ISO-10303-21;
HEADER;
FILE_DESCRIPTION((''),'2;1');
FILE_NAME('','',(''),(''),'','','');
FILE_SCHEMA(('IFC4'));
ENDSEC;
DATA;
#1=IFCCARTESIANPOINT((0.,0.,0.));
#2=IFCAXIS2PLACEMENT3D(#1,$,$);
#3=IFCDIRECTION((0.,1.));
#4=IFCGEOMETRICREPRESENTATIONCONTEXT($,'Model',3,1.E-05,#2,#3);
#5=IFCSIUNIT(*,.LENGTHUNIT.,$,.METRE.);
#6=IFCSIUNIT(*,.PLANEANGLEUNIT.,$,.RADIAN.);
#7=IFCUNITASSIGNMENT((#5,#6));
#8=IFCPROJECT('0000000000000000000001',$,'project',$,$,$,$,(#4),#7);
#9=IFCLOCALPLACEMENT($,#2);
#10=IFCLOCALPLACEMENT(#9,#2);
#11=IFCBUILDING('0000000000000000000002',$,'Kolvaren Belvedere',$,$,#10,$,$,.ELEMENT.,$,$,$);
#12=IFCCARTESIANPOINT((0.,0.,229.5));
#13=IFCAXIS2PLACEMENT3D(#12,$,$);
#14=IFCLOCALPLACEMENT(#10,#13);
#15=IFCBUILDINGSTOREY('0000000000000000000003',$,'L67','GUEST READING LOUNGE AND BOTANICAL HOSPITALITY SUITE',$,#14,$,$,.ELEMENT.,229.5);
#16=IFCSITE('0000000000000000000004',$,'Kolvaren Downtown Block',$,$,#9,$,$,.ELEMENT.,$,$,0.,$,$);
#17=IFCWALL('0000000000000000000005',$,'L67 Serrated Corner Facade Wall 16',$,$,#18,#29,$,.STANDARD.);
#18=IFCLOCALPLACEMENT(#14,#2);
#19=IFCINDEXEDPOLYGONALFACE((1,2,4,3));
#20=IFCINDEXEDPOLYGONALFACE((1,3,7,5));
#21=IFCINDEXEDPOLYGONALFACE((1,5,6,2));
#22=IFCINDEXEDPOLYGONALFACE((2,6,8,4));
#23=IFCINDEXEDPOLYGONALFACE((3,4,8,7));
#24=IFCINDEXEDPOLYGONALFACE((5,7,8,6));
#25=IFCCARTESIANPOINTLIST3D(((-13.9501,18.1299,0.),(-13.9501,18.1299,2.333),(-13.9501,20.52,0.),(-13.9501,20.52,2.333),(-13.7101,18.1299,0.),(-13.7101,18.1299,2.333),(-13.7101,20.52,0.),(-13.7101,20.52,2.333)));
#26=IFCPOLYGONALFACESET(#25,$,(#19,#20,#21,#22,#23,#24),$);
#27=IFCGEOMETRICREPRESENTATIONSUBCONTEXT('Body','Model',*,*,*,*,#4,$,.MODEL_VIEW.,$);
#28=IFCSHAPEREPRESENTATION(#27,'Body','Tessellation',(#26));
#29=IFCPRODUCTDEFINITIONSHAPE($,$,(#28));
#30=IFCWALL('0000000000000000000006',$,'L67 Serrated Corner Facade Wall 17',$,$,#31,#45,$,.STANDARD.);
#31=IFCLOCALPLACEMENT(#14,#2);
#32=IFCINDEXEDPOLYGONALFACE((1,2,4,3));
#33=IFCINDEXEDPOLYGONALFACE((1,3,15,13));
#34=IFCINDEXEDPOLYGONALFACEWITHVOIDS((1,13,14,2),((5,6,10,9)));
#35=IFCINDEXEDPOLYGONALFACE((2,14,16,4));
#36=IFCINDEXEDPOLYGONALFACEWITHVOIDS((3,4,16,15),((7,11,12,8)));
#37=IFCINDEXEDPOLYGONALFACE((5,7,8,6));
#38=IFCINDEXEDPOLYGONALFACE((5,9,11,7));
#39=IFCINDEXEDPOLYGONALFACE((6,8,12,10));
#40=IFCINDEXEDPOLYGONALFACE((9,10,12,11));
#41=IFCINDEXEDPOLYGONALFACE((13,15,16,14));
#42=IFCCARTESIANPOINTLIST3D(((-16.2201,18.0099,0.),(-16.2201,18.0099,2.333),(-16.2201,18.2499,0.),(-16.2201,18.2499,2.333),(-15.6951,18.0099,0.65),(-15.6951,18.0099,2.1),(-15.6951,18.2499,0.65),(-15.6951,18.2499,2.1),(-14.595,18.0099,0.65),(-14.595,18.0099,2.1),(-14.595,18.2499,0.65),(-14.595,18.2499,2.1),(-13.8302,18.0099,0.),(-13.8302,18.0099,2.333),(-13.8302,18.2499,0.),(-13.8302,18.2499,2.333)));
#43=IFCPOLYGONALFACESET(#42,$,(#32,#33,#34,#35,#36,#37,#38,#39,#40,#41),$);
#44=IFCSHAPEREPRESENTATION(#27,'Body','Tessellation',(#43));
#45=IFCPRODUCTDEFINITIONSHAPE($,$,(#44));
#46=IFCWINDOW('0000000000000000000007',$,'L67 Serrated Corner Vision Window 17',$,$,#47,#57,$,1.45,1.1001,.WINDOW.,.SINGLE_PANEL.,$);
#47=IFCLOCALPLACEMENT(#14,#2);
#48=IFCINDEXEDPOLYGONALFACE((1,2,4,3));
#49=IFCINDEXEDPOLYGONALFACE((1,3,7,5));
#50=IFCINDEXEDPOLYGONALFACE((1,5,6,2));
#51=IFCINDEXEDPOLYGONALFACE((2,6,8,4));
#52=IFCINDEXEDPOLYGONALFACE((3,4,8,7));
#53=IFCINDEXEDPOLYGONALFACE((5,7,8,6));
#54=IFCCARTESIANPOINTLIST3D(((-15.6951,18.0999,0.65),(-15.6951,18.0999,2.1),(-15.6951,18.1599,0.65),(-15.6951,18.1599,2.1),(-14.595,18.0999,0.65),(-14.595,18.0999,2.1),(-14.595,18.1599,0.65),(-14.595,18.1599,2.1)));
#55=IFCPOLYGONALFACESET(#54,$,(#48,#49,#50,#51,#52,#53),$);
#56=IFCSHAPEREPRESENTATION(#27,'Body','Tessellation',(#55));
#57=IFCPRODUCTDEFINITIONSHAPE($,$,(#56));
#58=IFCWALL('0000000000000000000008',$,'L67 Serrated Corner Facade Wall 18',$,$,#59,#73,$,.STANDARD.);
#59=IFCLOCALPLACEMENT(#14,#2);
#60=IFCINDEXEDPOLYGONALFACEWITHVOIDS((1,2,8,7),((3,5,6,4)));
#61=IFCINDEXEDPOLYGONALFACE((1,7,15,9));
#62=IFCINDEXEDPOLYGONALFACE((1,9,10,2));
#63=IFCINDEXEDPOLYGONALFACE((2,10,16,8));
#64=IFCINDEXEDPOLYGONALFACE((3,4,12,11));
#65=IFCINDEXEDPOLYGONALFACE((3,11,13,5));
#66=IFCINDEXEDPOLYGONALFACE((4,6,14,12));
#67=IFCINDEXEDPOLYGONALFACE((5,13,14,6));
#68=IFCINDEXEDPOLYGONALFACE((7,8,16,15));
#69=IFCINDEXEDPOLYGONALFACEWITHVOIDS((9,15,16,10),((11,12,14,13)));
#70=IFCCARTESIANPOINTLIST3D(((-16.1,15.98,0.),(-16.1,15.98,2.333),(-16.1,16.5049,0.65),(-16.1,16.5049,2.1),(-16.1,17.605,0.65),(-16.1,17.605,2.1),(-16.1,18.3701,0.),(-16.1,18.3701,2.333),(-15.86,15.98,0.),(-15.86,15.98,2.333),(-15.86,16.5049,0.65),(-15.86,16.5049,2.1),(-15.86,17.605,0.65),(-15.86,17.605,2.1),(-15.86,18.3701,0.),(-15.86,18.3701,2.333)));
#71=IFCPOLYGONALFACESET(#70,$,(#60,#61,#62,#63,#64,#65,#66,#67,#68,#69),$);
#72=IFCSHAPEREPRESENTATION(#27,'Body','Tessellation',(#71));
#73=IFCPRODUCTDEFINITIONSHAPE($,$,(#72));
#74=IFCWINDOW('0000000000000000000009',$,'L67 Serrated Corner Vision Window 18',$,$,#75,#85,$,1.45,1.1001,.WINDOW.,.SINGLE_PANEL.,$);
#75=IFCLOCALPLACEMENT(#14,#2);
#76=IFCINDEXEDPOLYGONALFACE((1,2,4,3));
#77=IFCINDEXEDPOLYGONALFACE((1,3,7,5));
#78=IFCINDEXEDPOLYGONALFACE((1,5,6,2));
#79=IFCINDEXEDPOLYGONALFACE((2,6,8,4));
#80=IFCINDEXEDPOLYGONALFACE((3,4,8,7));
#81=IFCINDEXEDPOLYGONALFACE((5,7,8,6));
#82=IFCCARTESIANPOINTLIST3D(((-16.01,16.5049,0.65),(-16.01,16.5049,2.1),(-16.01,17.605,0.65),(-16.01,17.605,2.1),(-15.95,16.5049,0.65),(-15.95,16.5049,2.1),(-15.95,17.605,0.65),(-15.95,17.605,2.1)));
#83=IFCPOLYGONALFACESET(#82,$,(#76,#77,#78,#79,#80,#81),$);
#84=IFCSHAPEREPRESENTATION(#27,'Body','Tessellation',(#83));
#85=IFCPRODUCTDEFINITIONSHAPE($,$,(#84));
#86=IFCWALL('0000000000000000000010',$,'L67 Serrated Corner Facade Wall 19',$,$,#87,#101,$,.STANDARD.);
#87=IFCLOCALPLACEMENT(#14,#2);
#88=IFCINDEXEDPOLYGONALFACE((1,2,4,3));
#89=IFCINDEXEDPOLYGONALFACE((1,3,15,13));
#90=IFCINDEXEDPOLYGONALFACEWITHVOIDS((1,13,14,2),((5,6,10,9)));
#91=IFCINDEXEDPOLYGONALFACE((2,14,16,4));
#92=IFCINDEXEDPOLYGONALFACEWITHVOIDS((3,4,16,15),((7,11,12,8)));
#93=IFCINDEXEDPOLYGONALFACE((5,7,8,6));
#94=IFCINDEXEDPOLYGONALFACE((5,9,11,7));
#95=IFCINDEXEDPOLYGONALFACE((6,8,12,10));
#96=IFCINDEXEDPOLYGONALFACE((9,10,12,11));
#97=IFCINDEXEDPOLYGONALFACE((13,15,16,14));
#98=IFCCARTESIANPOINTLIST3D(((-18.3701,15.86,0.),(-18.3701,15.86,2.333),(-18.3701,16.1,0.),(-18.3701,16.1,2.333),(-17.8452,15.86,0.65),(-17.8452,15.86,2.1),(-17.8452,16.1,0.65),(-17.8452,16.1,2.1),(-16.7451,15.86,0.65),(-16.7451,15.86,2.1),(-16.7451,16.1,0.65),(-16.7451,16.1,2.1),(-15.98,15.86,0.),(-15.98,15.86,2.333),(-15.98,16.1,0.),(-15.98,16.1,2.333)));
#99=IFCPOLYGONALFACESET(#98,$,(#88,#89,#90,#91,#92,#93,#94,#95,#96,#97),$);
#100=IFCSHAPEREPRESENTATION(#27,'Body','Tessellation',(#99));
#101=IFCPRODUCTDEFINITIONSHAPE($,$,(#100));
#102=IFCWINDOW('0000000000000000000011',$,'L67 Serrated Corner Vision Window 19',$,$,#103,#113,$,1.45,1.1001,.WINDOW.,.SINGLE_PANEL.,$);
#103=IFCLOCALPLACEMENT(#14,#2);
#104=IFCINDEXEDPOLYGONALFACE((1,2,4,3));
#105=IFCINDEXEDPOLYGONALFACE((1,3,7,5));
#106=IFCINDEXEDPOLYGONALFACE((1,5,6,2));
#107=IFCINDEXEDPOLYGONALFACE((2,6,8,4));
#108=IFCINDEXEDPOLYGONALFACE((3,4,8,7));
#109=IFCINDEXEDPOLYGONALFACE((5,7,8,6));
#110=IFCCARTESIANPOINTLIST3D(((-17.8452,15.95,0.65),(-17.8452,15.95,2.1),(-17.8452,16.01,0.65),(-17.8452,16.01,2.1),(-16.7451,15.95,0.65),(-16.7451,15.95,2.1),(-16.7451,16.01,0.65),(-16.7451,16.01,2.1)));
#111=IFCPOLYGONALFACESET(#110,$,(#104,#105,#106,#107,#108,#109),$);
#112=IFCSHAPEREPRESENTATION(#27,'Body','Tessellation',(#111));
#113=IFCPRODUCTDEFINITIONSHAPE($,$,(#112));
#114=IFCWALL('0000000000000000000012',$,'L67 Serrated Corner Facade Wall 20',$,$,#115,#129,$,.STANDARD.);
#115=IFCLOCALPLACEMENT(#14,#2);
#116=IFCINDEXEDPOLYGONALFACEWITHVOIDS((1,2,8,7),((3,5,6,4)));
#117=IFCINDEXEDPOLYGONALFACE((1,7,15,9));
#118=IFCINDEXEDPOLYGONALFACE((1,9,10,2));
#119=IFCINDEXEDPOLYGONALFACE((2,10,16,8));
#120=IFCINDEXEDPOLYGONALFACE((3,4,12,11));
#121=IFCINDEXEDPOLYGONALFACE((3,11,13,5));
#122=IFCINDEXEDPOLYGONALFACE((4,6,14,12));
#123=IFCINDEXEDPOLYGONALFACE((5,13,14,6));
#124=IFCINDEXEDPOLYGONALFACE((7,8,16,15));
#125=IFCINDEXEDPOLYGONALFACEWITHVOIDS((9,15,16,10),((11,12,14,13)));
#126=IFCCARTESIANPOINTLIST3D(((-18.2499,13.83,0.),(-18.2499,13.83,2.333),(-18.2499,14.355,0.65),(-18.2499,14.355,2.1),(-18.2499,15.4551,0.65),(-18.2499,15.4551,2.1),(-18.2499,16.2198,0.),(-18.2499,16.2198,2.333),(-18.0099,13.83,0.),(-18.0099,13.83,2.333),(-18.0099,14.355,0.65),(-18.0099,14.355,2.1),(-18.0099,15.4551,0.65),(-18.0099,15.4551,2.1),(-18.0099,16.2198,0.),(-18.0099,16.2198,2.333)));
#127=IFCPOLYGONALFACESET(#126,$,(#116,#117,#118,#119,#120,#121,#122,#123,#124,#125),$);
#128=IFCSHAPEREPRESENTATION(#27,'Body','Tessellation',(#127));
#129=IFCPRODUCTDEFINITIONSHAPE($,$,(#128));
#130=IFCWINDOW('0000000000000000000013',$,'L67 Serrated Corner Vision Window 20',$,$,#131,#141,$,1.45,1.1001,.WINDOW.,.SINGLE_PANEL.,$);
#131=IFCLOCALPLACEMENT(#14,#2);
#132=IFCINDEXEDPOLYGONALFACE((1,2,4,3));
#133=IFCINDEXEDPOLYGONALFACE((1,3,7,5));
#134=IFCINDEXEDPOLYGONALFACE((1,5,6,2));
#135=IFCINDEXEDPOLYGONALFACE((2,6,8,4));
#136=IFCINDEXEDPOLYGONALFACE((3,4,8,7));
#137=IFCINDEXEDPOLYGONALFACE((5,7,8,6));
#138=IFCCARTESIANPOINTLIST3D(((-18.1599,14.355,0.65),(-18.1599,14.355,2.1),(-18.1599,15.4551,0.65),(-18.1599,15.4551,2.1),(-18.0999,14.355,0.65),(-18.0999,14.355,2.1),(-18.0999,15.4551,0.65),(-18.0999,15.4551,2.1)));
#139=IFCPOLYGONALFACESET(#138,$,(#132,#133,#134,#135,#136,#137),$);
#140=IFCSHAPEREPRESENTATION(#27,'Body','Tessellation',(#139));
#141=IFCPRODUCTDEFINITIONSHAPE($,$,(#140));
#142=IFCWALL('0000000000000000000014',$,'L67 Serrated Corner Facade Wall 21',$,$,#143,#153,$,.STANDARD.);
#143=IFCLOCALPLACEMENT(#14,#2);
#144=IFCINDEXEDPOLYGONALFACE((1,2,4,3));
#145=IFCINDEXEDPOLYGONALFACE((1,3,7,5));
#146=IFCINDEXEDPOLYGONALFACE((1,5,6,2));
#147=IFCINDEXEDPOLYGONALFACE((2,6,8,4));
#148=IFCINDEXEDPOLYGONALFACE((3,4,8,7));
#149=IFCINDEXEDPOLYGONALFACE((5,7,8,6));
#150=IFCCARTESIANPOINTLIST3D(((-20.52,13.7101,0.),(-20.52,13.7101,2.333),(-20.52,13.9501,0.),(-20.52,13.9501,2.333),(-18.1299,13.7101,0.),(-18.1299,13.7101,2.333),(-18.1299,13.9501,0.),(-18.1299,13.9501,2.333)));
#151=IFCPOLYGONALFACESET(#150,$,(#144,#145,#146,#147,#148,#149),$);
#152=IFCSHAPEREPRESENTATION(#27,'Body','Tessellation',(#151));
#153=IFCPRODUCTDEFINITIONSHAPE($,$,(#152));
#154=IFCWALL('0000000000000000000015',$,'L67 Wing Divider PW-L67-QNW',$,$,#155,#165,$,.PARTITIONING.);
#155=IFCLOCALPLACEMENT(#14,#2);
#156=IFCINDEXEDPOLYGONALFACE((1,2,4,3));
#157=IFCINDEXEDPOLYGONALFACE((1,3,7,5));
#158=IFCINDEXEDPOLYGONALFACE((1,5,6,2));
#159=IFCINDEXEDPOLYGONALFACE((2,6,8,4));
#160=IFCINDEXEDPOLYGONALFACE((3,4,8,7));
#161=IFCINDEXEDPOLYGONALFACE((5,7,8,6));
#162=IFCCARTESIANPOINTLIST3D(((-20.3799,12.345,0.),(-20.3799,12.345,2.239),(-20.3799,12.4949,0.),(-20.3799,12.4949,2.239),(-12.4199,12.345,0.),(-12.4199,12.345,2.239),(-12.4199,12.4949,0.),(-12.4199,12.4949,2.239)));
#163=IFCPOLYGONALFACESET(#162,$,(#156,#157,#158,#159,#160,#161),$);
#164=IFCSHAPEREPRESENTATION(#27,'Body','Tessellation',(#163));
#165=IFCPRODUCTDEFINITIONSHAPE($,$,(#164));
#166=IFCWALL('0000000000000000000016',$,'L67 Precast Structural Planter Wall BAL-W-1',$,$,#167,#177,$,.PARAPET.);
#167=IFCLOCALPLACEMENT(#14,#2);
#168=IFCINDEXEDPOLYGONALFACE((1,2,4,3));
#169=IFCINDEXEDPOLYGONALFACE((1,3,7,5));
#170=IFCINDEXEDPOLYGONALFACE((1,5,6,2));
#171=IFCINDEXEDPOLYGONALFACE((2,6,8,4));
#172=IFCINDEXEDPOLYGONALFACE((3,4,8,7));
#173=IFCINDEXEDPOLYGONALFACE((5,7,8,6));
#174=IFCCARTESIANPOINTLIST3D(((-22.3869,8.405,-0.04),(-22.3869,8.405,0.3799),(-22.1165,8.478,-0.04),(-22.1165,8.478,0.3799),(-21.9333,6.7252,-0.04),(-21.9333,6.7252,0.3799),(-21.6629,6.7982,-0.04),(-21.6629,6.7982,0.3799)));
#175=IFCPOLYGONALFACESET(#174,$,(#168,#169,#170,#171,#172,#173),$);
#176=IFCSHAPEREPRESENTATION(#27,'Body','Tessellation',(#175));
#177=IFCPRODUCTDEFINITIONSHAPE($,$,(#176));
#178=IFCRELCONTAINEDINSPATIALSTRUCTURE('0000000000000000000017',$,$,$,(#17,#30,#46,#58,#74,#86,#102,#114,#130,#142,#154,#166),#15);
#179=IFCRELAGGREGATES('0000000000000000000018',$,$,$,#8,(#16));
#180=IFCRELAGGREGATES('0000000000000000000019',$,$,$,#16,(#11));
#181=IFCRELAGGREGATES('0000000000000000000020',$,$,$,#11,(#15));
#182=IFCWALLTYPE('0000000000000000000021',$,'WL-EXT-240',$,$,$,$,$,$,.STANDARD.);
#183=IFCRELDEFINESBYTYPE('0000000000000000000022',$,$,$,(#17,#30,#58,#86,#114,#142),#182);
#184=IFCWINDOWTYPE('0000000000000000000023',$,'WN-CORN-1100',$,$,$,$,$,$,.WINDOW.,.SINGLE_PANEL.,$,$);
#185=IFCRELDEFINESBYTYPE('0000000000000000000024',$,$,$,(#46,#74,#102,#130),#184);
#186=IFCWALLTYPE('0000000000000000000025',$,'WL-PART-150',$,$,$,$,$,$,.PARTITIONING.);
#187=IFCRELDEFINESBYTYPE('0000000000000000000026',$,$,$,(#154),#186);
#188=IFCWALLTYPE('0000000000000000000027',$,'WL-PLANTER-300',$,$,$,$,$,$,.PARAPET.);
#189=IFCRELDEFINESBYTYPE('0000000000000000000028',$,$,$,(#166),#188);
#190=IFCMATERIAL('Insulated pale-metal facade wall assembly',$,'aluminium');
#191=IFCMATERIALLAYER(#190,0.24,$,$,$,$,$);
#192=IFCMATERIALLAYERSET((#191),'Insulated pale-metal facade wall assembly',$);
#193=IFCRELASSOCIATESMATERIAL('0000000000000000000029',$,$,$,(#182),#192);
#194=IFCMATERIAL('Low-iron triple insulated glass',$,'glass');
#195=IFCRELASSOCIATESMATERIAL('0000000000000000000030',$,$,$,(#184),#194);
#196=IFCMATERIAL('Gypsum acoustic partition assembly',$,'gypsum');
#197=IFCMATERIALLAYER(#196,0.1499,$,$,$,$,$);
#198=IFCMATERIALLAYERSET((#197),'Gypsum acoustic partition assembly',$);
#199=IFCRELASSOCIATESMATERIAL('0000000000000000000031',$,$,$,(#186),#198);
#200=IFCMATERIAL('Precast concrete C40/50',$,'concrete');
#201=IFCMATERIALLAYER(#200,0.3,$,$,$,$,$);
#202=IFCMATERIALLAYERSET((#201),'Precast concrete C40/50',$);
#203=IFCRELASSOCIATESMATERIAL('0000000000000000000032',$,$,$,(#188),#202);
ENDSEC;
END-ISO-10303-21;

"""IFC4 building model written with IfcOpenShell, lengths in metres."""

from ifc_helpers import new_model, si_unit, direction, frame, frame_2d, origin, place, context, subcontext, project, spatial, rectangle, extrude, material, layer, layer_set, type_object, element, fill, save


model = new_model("IFC4")

# Units and contexts
model_context = context("Model", 3, precision=1e-05, world=origin(), true_north=direction((0.0, 1.0)))
body_context = subcontext(model_context, "Body", "Model", "MODEL_VIEW")
ifc_project = project(units=[si_unit("LENGTHUNIT", "METRE"), si_unit("PLANEANGLEUNIT", "RADIAN")], contexts=[model_context])

# Site, building, storey
site_placement = place(None, origin())
site = spatial("IfcSite", under=ifc_project, at=site_placement, Name="Kolvaren Downtown Block", CompositionType="ELEMENT", RefElevation=0.0)
building_placement = place(site_placement, origin())
building = spatial("IfcBuilding", under=site, at=building_placement, Name="Kolvaren Belvedere", CompositionType="ELEMENT")
storey_placement = place(building_placement, frame((0.0, 0.0, 229.5)))
storey = spatial("IfcBuildingStorey", under=building, at=storey_placement, Name="L67", Description="GUEST READING LOUNGE AND BOTANICAL HOSPITALITY SUITE", CompositionType="ELEMENT", Elevation=229.5)

# Wall
ifc_material_1 = material(Name="Insulated pale-metal facade wall assembly", Category="aluminium")
ifc_layer_1 = layer(ifc_material_1, 0.24)
ifc_layer_set_1 = layer_set([ifc_layer_1], Name="Insulated pale-metal facade wall assembly")
wall_type_1 = type_object("IfcWallType", Name="WL-EXT-240", PredefinedType="STANDARD", material=ifc_layer_set_1)
wall_1_placement = place(storey_placement, frame((-13.8301, 18.1299, 0.0), z_axis=(0.0, 0.0, 1.0), x_axis=(0.0, 1.0, 0.0)))
element("IfcWall", 1, at=wall_1_placement, inside=storey, type_object=wall_type_1, Name="L67 Serrated Corner Facade Wall 16", PredefinedType="STANDARD", context=body_context, shape_type="SweptSolid", body=[
    extrude(rectangle(XDim=2.3901, YDim=0.24, at=frame_2d((1.1951, 0.0))), origin(), (0.0, 0.0, 1.0), 2.333),
])

# Walls, openings, windows
wall_2_placement = place(storey_placement, frame((-16.22, 18.1299, 0.0), z_axis=(0.0, 0.0, 1.0), x_axis=(1.0, 0.0, 0.0)))
wall_2 = element("IfcWall", 2, at=wall_2_placement, inside=storey, type_object=wall_type_1, Name="L67 Serrated Corner Facade Wall 17", PredefinedType="STANDARD", context=body_context, shape_type="SweptSolid", body=[
    extrude(rectangle(XDim=2.3899, YDim=0.24, at=frame_2d((1.1948, 0.0))), origin(), (0.0, 0.0, 1.0), 2.333),
])
opening_1_placement = place(wall_2_placement, frame((0.5249, 0.0, 0.6499)))
opening_1 = element("IfcOpeningElement", 3, at=opening_1_placement, cuts=wall_2, PredefinedType="OPENING", context=body_context, shape_type="SweptSolid", body=[
    extrude(rectangle(XDim=1.1001, YDim=1.45, at=frame_2d((0.55, 0.7251))), frame((0.0, 0.1299, 0.0), z_axis=(0.0, -1.0, 0.0), x_axis=(1.0, 0.0, 0.0)), (0.0, 0.0, 1.0), 0.26),
])
ifc_material_2 = material(Name="Low-iron triple insulated glass", Category="glass")
window_type = type_object("IfcWindowType", Name="WN-CORN-1100", PartitioningType="SINGLE_PANEL", PredefinedType="WINDOW", material=ifc_material_2)
window_1_placement = place(opening_1_placement, origin())
window_1 = element("IfcWindow", 4, at=window_1_placement, inside=storey, type_object=window_type, Name="L67 Serrated Corner Vision Window 17", OverallHeight=1.45, OverallWidth=1.1001, PartitioningType="SINGLE_PANEL", PredefinedType="WINDOW", context=body_context, shape_type="SweptSolid", body=[
    extrude(rectangle(XDim=1.1001, YDim=1.45, at=frame_2d((0.55, 0.7251))), frame((0.0, 0.03, 0.0), z_axis=(0.0, -1.0, 0.0), x_axis=(1.0, 0.0, 0.0)), (0.0, 0.0, 1.0), 0.0601),
])
fill(opening_1, window_1)
wall_3_placement = place(storey_placement, frame((-15.98, 15.98, 0.0), z_axis=(0.0, 0.0, 1.0), x_axis=(0.0, 1.0, 0.0)))
wall_3 = element("IfcWall", 5, at=wall_3_placement, inside=storey, type_object=wall_type_1, Name="L67 Serrated Corner Facade Wall 18", PredefinedType="STANDARD", context=body_context, shape_type="SweptSolid", body=[
    extrude(rectangle(XDim=2.3901, YDim=0.24, at=frame_2d((1.1951, 0.0))), origin(), (0.0, 0.0, 1.0), 2.333),
])
opening_2_placement = place(wall_3_placement, frame((0.5249, 0.0, 0.6499)))
opening_2 = element("IfcOpeningElement", 6, at=opening_2_placement, cuts=wall_3, PredefinedType="OPENING", context=body_context, shape_type="SweptSolid", body=[
    extrude(rectangle(XDim=1.1001, YDim=1.45, at=frame_2d((0.55, 0.7251))), frame((0.0, 0.1299, 0.0), z_axis=(0.0, -1.0, 0.0), x_axis=(1.0, 0.0, 0.0)), (0.0, 0.0, 1.0), 0.26),
])
window_2_placement = place(opening_2_placement, origin())
window_2 = element("IfcWindow", 7, at=window_2_placement, inside=storey, type_object=window_type, Name="L67 Serrated Corner Vision Window 18", OverallHeight=1.45, OverallWidth=1.1001, PartitioningType="SINGLE_PANEL", PredefinedType="WINDOW", context=body_context, shape_type="SweptSolid", body=[
    extrude(rectangle(XDim=1.1001, YDim=1.45, at=frame_2d((0.55, 0.7251))), frame((0.0, 0.03, 0.0), z_axis=(0.0, -1.0, 0.0), x_axis=(1.0, 0.0, 0.0)), (0.0, 0.0, 1.0), 0.0601),
])
fill(opening_2, window_2)
wall_4_placement = place(storey_placement, frame((-18.3701, 15.98, 0.0), z_axis=(0.0, 0.0, 1.0), x_axis=(1.0, 0.0, 0.0)))
wall_4 = element("IfcWall", 8, at=wall_4_placement, inside=storey, type_object=wall_type_1, Name="L67 Serrated Corner Facade Wall 19", PredefinedType="STANDARD", context=body_context, shape_type="SweptSolid", body=[
    extrude(rectangle(XDim=2.3901, YDim=0.24, at=frame_2d((1.1951, 0.0))), origin(), (0.0, 0.0, 1.0), 2.333),
])
opening_3_placement = place(wall_4_placement, frame((0.5249, 0.0, 0.6499)))
opening_3 = element("IfcOpeningElement", 9, at=opening_3_placement, cuts=wall_4, PredefinedType="OPENING", context=body_context, shape_type="SweptSolid", body=[
    extrude(rectangle(XDim=1.1001, YDim=1.45, at=frame_2d((0.55, 0.7251))), frame((0.0, 0.1299, 0.0), z_axis=(0.0, -1.0, 0.0), x_axis=(1.0, 0.0, 0.0)), (0.0, 0.0, 1.0), 0.26),
])
window_3_placement = place(opening_3_placement, origin())
window_3 = element("IfcWindow", 10, at=window_3_placement, inside=storey, type_object=window_type, Name="L67 Serrated Corner Vision Window 19", OverallHeight=1.45, OverallWidth=1.1001, PartitioningType="SINGLE_PANEL", PredefinedType="WINDOW", context=body_context, shape_type="SweptSolid", body=[
    extrude(rectangle(XDim=1.1001, YDim=1.45, at=frame_2d((0.55, 0.7251))), frame((0.0, 0.03, 0.0), z_axis=(0.0, -1.0, 0.0), x_axis=(1.0, 0.0, 0.0)), (0.0, 0.0, 1.0), 0.0601),
])
fill(opening_3, window_3)
wall_5_placement = place(storey_placement, frame((-18.1299, 13.8301, 0.0), z_axis=(0.0, 0.0, 1.0), x_axis=(0.0, 1.0, 0.0)))
wall_5 = element("IfcWall", 11, at=wall_5_placement, inside=storey, type_object=wall_type_1, Name="L67 Serrated Corner Facade Wall 20", PredefinedType="STANDARD", context=body_context, shape_type="SweptSolid", body=[
    extrude(rectangle(XDim=2.3899, YDim=0.24, at=frame_2d((1.1948, 0.0))), origin(), (0.0, 0.0, 1.0), 2.333),
])
opening_4_placement = place(wall_5_placement, frame((0.5249, 0.0, 0.6499)))
opening_4 = element("IfcOpeningElement", 12, at=opening_4_placement, cuts=wall_5, PredefinedType="OPENING", context=body_context, shape_type="SweptSolid", body=[
    extrude(rectangle(XDim=1.1001, YDim=1.45, at=frame_2d((0.55, 0.7251))), frame((0.0, 0.1299, 0.0), z_axis=(0.0, -1.0, 0.0), x_axis=(1.0, 0.0, 0.0)), (0.0, 0.0, 1.0), 0.26),
])
window_4_placement = place(opening_4_placement, origin())
window_4 = element("IfcWindow", 13, at=window_4_placement, inside=storey, type_object=window_type, Name="L67 Serrated Corner Vision Window 20", OverallHeight=1.45, OverallWidth=1.1001, PartitioningType="SINGLE_PANEL", PredefinedType="WINDOW", context=body_context, shape_type="SweptSolid", body=[
    extrude(rectangle(XDim=1.1001, YDim=1.45, at=frame_2d((0.55, 0.7251))), frame((0.0, 0.03, 0.0), z_axis=(0.0, -1.0, 0.0), x_axis=(1.0, 0.0, 0.0)), (0.0, 0.0, 1.0), 0.0601),
])
fill(opening_4, window_4)

# Walls
wall_6_placement = place(storey_placement, frame((-20.52, 13.8301, 0.0), z_axis=(0.0, 0.0, 1.0), x_axis=(1.0, 0.0, 0.0)))
element("IfcWall", 14, at=wall_6_placement, inside=storey, type_object=wall_type_1, Name="L67 Serrated Corner Facade Wall 21", PredefinedType="STANDARD", context=body_context, shape_type="SweptSolid", body=[
    extrude(rectangle(XDim=2.3901, YDim=0.24, at=frame_2d((1.1951, 0.0))), origin(), (0.0, 0.0, 1.0), 2.333),
])
ifc_material_3 = material(Name="Gypsum acoustic partition assembly", Category="gypsum")
ifc_layer_2 = layer(ifc_material_3, 0.1499)
ifc_layer_set_2 = layer_set([ifc_layer_2], Name="Gypsum acoustic partition assembly")
wall_type_2 = type_object("IfcWallType", Name="WL-PART-150", PredefinedType="PARTITIONING", material=ifc_layer_set_2)
wall_7_placement = place(storey_placement, frame((-20.3799, 12.4199, 0.0), z_axis=(0.0, 0.0, 1.0), x_axis=(1.0, 0.0, 0.0)))
element("IfcWall", 15, at=wall_7_placement, inside=storey, type_object=wall_type_2, Name="L67 Wing Divider PW-L67-QNW", PredefinedType="PARTITIONING", context=body_context, shape_type="SweptSolid", body=[
    extrude(rectangle(XDim=7.96, YDim=0.1499, at=frame_2d((3.98, 0.0))), origin(), (0.0, 0.0, 1.0), 2.239),
])
ifc_material_4 = material(Name="Precast concrete C40/50", Category="concrete")
ifc_layer_3 = layer(ifc_material_4, 0.3)
ifc_layer_set_3 = layer_set([ifc_layer_3], Name="Precast concrete C40/50")
wall_type_3 = type_object("IfcWallType", Name="WL-PLANTER-300", PredefinedType="PARAPET", material=ifc_layer_set_3)
wall_8_placement = place(storey_placement, frame((-22.2517, 8.4417, -0.04), z_axis=(0.0, 0.0, 1.0), x_axis=(0.260683, -0.965424, 0.0)))
element("IfcWall", 16, at=wall_8_placement, inside=storey, type_object=wall_type_3, Name="L67 Precast Structural Planter Wall BAL-W-1", PredefinedType="PARAPET", context=body_context, shape_type="SweptSolid", body=[
    extrude(rectangle(XDim=1.74, YDim=0.28, at=frame_2d((0.8701, 0.0))), origin(), (0.0, 0.0, 1.0), 0.4199),
])

save(model, "model.ifc")
